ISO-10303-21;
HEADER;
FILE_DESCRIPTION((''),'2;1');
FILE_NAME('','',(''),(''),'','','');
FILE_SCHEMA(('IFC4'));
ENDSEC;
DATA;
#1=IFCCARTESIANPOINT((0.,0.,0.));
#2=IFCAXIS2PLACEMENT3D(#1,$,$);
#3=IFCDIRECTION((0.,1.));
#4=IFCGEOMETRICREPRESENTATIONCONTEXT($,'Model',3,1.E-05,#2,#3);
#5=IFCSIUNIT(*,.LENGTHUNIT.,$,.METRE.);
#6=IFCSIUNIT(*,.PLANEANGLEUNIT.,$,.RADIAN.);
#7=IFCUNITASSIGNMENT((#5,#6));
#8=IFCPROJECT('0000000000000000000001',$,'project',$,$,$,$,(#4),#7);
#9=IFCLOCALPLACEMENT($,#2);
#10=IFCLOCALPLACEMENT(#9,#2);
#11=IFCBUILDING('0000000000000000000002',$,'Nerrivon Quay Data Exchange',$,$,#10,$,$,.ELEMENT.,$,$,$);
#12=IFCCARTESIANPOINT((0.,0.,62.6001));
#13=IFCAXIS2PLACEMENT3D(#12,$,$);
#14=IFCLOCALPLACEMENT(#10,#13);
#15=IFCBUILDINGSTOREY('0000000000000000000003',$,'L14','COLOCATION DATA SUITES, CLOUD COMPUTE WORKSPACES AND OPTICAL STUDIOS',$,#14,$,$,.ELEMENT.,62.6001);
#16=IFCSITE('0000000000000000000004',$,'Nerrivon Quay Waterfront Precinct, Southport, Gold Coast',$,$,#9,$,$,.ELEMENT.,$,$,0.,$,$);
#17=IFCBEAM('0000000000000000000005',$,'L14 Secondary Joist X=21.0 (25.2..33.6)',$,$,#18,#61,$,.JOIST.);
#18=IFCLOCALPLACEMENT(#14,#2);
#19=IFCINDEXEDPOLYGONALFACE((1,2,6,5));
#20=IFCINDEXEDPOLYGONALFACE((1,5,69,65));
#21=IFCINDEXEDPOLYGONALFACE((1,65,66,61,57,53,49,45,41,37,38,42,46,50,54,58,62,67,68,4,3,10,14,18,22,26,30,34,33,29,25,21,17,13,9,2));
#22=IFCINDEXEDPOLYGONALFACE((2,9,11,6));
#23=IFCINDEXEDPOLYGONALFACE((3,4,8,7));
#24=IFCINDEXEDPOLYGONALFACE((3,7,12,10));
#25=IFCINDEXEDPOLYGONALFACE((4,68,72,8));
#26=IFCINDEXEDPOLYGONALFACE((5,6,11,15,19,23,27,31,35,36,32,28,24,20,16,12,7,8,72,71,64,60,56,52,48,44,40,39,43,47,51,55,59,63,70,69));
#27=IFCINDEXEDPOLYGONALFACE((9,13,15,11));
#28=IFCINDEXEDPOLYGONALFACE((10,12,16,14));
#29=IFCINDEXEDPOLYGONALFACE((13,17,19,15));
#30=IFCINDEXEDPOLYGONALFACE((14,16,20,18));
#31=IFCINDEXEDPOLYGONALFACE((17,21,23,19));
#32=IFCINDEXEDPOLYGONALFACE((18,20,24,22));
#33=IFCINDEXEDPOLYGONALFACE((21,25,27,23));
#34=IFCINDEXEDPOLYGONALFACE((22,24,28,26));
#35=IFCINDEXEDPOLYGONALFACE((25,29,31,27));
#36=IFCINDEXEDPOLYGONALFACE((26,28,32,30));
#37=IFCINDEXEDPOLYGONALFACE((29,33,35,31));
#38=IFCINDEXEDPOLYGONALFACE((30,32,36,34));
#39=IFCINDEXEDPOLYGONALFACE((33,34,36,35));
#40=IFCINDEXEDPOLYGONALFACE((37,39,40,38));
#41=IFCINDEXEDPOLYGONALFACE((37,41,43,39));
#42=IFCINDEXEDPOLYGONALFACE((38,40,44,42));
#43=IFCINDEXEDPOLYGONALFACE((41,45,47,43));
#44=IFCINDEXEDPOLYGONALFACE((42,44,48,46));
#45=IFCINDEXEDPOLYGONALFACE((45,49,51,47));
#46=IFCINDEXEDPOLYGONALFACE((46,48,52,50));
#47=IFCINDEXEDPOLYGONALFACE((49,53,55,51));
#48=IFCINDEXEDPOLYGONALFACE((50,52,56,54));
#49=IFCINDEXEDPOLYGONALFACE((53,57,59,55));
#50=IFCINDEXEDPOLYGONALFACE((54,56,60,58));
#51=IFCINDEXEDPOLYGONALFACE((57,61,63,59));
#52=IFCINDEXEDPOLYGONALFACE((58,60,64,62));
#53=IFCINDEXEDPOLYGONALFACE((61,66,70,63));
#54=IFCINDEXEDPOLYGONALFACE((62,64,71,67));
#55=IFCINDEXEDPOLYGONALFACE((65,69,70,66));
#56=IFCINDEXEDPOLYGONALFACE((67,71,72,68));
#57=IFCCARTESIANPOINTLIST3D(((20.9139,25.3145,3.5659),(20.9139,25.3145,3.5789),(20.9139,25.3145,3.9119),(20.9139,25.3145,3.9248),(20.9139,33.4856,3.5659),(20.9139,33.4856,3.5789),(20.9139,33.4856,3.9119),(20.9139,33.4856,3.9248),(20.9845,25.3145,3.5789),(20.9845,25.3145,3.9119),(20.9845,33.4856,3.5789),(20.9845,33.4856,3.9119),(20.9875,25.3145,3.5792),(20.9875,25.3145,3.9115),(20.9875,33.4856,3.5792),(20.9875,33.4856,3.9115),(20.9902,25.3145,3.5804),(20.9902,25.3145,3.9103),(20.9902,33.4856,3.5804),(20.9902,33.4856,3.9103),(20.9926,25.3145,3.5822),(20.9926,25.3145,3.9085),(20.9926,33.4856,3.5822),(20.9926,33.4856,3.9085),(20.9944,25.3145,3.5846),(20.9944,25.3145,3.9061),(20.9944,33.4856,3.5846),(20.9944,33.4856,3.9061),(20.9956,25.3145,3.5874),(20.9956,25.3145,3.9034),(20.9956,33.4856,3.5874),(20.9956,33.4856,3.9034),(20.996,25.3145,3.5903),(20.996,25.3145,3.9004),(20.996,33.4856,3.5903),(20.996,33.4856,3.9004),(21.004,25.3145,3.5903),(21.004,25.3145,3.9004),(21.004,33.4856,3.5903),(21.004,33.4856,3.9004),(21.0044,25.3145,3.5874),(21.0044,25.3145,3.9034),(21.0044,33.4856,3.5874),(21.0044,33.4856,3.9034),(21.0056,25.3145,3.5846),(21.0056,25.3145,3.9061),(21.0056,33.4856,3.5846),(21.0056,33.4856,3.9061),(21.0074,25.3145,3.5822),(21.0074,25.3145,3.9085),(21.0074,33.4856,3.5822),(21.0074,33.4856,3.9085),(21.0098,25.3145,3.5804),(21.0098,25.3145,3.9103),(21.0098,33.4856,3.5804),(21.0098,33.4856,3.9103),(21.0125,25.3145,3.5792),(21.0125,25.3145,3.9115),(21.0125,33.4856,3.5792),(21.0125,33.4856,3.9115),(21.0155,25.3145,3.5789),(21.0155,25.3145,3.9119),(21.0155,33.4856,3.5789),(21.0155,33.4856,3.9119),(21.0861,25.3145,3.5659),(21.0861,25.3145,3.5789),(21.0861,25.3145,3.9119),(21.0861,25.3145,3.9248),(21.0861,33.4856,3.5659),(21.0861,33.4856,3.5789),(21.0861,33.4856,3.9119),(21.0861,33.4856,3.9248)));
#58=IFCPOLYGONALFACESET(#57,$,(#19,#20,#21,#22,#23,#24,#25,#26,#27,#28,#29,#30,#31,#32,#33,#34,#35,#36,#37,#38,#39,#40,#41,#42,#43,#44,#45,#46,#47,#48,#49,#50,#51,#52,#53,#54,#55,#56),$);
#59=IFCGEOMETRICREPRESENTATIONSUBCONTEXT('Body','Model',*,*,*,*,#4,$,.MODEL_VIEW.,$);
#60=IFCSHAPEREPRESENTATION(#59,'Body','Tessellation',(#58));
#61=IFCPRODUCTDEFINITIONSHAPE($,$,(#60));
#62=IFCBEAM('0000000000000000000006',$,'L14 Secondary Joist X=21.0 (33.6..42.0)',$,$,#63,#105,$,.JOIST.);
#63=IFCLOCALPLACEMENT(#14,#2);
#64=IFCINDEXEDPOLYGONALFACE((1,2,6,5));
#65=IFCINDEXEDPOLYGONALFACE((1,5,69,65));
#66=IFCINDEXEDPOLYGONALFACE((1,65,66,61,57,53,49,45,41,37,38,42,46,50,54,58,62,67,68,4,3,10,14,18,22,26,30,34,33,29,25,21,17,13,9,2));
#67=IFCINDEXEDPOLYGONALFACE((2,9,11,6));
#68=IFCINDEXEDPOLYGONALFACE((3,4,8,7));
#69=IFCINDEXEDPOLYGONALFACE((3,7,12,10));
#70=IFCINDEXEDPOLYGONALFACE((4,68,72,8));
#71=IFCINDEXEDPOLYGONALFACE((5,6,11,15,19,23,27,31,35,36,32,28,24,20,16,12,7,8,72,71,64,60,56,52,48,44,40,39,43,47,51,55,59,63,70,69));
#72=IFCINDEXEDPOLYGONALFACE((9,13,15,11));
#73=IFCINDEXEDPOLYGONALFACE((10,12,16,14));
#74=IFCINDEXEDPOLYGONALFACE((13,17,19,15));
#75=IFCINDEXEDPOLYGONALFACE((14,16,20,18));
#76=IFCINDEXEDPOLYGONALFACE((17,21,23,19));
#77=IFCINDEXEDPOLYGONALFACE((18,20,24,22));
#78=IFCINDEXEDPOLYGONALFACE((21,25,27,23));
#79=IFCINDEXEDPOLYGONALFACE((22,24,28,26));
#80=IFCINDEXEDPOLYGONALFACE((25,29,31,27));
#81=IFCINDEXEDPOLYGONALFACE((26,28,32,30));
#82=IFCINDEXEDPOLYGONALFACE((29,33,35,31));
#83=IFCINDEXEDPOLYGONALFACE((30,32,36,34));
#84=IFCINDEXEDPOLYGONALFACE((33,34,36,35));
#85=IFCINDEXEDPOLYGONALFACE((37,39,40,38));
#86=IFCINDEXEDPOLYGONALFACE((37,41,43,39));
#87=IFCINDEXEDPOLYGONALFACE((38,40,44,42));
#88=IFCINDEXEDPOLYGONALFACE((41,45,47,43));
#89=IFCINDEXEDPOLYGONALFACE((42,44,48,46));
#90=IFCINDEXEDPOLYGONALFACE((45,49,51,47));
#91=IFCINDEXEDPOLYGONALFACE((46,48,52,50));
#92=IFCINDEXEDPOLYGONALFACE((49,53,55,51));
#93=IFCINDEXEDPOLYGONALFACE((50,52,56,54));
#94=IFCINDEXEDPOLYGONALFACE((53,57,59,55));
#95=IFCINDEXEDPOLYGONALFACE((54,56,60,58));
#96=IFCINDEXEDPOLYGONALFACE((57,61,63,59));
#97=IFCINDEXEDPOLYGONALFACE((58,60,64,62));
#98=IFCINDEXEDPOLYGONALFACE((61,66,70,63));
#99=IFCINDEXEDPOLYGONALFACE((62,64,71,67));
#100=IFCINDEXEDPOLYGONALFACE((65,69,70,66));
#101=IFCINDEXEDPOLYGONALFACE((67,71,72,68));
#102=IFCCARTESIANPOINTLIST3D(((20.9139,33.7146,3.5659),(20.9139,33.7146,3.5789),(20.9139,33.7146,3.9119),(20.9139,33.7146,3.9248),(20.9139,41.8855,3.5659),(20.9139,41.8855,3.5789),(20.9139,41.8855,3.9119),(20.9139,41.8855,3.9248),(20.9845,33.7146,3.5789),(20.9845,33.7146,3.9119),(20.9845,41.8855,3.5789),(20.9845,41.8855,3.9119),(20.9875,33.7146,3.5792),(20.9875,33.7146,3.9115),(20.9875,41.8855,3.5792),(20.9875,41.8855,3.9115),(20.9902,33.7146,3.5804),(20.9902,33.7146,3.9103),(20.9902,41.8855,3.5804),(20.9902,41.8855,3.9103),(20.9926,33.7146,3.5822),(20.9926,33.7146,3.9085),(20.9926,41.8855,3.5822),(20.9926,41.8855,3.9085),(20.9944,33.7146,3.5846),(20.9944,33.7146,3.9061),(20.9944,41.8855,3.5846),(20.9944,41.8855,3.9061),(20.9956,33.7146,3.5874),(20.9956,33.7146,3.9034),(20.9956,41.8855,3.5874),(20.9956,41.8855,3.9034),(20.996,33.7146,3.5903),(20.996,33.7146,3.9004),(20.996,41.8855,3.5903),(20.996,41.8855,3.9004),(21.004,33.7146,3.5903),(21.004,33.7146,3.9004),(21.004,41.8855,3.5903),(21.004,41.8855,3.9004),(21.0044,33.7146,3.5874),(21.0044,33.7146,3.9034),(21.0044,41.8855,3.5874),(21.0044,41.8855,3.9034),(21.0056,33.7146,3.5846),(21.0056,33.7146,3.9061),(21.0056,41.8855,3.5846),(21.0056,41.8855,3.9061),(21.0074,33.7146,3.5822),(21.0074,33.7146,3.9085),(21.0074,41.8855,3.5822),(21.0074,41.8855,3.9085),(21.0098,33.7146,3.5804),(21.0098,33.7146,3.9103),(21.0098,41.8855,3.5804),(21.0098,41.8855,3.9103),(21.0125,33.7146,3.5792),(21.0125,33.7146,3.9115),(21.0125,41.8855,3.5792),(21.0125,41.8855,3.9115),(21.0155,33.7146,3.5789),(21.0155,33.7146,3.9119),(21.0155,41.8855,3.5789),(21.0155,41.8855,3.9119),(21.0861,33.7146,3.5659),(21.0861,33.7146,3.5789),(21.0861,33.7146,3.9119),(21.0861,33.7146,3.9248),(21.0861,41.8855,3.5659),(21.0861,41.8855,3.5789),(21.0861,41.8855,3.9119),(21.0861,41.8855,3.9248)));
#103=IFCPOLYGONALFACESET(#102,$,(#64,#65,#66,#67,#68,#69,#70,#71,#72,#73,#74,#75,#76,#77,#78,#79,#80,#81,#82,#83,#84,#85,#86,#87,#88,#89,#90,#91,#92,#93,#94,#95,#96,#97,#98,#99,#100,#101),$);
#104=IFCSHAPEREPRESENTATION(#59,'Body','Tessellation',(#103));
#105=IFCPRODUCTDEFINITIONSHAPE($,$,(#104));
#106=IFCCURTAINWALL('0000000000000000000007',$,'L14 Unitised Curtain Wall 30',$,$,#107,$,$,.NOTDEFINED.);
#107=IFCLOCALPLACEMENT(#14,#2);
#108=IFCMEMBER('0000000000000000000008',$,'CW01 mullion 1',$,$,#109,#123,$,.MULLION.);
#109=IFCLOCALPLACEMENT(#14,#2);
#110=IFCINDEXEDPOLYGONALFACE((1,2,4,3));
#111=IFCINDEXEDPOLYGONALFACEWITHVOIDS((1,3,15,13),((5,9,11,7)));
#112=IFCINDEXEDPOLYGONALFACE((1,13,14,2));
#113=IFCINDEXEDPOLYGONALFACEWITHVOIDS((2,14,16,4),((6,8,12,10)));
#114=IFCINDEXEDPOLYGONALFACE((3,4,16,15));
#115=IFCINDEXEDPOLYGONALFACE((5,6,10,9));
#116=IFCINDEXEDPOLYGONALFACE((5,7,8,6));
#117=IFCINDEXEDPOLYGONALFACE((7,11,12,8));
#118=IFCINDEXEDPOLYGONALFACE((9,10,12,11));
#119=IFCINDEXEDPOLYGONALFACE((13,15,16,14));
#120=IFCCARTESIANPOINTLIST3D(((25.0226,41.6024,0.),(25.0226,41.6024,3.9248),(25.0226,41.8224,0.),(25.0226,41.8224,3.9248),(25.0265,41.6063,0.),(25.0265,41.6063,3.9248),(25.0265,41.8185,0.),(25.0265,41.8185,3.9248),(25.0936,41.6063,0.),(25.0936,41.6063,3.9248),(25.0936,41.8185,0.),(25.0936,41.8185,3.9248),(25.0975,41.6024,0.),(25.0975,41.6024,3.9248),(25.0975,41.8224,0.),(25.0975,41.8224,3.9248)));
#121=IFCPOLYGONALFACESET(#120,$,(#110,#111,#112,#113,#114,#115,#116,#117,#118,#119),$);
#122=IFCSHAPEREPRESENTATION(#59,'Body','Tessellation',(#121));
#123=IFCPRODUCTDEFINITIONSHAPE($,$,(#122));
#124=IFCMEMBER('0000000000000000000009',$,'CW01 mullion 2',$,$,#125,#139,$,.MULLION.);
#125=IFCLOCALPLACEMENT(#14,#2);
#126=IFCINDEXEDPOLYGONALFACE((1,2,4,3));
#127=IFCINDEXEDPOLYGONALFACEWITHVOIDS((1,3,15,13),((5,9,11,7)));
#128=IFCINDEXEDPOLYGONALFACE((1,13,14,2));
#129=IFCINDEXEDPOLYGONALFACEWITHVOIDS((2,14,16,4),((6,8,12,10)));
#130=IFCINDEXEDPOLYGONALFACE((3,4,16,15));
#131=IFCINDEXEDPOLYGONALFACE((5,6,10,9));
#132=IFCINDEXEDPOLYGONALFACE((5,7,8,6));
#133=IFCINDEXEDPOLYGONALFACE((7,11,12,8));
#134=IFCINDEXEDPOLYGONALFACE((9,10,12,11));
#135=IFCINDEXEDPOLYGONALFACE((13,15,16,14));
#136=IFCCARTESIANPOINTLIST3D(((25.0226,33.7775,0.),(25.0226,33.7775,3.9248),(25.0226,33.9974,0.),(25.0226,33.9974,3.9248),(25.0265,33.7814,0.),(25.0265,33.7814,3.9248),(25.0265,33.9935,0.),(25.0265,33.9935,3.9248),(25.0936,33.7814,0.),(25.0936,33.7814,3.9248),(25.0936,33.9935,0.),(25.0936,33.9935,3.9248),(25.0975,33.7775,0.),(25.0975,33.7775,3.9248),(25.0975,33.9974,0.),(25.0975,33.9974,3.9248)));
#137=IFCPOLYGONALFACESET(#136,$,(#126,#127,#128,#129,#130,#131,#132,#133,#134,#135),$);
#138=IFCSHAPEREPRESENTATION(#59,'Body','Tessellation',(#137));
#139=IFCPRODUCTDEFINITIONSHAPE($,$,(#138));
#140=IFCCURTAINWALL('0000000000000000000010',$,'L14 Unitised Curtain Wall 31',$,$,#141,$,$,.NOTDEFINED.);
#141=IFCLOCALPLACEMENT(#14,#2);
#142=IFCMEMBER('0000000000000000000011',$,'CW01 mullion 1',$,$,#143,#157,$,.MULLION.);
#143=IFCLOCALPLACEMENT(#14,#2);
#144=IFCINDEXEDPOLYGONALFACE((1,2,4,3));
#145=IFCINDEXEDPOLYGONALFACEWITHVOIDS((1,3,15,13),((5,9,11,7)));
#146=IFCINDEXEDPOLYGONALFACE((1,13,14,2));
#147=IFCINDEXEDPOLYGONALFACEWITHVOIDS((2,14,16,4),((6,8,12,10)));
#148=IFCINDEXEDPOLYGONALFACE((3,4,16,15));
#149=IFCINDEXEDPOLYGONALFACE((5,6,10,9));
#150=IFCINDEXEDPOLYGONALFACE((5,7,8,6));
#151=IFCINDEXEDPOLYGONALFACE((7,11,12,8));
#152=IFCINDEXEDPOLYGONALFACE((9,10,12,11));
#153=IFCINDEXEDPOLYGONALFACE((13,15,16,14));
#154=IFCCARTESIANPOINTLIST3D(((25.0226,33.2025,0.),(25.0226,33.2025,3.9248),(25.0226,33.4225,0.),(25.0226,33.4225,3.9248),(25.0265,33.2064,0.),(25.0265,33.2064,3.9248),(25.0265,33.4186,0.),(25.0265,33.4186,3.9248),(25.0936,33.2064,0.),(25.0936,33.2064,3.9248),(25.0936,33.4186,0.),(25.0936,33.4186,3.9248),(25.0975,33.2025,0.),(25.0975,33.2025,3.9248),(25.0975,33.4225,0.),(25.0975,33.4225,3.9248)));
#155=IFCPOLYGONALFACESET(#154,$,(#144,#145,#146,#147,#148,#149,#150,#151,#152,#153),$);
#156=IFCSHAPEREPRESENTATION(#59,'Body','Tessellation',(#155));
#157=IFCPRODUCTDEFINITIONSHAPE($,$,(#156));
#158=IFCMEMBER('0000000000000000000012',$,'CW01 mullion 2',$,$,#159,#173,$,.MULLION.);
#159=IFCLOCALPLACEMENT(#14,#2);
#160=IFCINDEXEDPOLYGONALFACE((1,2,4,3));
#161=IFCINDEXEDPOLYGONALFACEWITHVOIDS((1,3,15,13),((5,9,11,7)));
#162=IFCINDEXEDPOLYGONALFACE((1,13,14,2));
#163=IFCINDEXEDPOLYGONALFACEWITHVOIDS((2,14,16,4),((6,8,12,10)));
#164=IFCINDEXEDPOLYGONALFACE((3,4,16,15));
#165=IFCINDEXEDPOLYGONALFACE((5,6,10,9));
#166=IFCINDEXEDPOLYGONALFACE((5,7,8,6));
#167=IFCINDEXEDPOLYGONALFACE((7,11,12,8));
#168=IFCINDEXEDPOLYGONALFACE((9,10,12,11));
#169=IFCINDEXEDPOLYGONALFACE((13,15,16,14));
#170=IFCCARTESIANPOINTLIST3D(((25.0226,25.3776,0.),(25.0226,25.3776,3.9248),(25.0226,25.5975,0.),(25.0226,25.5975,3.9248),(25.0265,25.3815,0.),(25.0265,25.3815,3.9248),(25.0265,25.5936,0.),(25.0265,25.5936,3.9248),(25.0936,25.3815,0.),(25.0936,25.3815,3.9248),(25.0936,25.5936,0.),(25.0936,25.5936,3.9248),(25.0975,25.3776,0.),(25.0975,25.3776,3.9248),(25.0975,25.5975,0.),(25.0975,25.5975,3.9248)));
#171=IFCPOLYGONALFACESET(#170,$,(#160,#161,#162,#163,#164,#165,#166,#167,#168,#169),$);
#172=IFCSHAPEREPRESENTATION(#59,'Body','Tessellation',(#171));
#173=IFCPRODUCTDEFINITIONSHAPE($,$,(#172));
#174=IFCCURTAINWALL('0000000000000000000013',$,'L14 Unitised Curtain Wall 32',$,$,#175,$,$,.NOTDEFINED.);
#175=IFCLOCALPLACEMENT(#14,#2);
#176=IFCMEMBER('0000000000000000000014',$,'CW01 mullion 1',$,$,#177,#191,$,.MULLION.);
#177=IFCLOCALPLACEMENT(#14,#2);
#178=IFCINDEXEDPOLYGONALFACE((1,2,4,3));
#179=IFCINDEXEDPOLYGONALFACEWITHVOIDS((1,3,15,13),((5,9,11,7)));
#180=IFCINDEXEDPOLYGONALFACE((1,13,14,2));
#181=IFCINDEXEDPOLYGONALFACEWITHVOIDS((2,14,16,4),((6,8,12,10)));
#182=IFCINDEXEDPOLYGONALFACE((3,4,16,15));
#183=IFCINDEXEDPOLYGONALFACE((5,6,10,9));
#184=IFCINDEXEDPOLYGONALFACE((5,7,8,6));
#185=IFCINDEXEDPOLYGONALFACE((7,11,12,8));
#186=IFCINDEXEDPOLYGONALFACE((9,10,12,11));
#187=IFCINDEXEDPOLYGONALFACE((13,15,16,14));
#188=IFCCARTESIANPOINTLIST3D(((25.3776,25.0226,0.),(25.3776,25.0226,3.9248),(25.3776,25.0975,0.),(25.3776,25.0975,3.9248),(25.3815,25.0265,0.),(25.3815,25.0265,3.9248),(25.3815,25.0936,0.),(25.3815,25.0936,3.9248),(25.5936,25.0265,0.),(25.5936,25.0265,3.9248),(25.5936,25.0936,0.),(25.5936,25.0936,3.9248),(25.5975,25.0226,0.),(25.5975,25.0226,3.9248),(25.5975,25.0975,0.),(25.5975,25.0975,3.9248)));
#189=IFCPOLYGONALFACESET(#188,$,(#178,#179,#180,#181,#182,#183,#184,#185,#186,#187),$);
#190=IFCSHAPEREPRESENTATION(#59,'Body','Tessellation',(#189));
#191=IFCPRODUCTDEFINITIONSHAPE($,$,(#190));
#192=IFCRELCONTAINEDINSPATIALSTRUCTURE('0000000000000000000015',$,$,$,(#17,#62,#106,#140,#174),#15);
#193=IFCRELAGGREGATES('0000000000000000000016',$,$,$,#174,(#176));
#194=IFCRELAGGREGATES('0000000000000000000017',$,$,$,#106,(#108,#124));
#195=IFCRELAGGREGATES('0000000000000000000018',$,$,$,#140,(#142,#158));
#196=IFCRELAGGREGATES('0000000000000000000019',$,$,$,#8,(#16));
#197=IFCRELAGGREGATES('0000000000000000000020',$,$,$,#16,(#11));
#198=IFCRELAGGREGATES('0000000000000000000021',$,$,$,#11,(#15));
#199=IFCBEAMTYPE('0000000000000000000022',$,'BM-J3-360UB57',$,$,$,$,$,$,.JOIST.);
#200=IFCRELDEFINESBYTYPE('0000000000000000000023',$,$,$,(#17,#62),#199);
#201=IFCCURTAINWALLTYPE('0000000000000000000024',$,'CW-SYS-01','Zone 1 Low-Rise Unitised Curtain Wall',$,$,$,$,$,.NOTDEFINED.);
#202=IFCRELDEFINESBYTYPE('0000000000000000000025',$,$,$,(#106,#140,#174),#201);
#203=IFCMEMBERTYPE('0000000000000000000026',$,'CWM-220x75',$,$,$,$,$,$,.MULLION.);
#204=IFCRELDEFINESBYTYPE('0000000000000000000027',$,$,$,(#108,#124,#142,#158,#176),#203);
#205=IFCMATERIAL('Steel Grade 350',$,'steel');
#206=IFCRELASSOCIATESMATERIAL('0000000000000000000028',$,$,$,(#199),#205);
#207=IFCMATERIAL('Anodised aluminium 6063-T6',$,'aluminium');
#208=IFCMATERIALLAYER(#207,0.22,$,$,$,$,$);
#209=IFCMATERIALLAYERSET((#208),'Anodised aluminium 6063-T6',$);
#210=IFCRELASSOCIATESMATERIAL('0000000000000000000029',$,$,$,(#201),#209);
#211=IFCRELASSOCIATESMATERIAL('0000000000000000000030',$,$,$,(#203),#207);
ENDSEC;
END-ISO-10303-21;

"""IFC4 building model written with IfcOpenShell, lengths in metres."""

from ifc_helpers import new_model, si_unit, direction, frame, origin, origin_2d, place, context, subcontext, project, spatial, hollow_rectangle, i_section, extrude, material, layer, layer_set, material_profile, profile_set, type_object, element, aggregate, save


model = new_model("IFC4")

# Units and contexts
model_context = context("Model", 3, precision=1e-05, world=origin(), true_north=direction((0.0, 1.0)))
body_context = subcontext(model_context, "Body", "Model", "MODEL_VIEW")
ifc_project = project(units=[si_unit("LENGTHUNIT", "METRE"), si_unit("PLANEANGLEUNIT", "RADIAN")], contexts=[model_context])

# Site, building, storey
site_placement = place(None, origin())
site = spatial("IfcSite", under=ifc_project, at=site_placement, Name="Nerrivon Quay Waterfront Precinct, Southport, Gold Coast", CompositionType="ELEMENT", RefElevation=0.0)
building_placement = place(site_placement, origin())
building = spatial("IfcBuilding", under=site, at=building_placement, Name="Nerrivon Quay Data Exchange", CompositionType="ELEMENT")
storey_placement = place(building_placement, frame((0.0, 0.0, 62.6001)))
storey = spatial("IfcBuildingStorey", under=building, at=storey_placement, Name="L14", Description="COLOCATION DATA SUITES, CLOUD COMPUTE WORKSPACES AND OPTICAL STUDIOS", CompositionType="ELEMENT", Elevation=62.6001)

# Shared definitions
ifc_material_1 = material(Name="Steel Grade 350", Category="steel")

# Beams
ifc_material_profile_1 = material_profile(ifc_material_1, i_section(OverallWidth=0.1721, OverallDepth=0.3589, WebThickness=0.0081, FlangeThickness=0.0129, FilletRadius=0.0115, at=origin_2d()), Name="360UB56.7")
ifc_profile_set_1 = profile_set([ifc_material_profile_1], Name="Steel Grade 350")
beam_type_1 = type_object("IfcBeamType", Name="BM-J3-360UB57", PredefinedType="JOIST", material=ifc_profile_set_1)
beam_1_placement = place(storey_placement, frame((21.0, 25.3145, 3.7454), z_axis=(0.0, 1.0, 0.0), x_axis=(-1.0, 0.0, 0.0)))
element("IfcBeam", 1, at=beam_1_placement, inside=storey, type_object=beam_type_1, Name="L14 Secondary Joist X=21.0 (25.2..33.6)", PredefinedType="JOIST", context=body_context, shape_type="SweptSolid", body=[
    extrude(i_section(OverallWidth=0.1721, OverallDepth=0.3589, WebThickness=0.0081, FlangeThickness=0.0129, FilletRadius=0.0115, at=origin_2d()), origin(), (0.0, 0.0, 1.0), 8.1711),
])
beam_2_placement = place(storey_placement, frame((21.0, 33.7146, 3.7454), z_axis=(0.0, 1.0, 0.0), x_axis=(-1.0, 0.0, 0.0)))
element("IfcBeam", 2, at=beam_2_placement, inside=storey, type_object=beam_type_1, Name="L14 Secondary Joist X=21.0 (33.6..42.0)", PredefinedType="JOIST", context=body_context, shape_type="SweptSolid", body=[
    extrude(i_section(OverallWidth=0.1721, OverallDepth=0.3589, WebThickness=0.0081, FlangeThickness=0.0129, FilletRadius=0.0115, at=origin_2d()), origin(), (0.0, 0.0, 1.0), 8.1709),
])

# Curtain walls, members
ifc_material_2 = material(Name="Anodised aluminium 6063-T6", Category="aluminium")
ifc_layer_1 = layer(ifc_material_2, 0.22)
ifc_layer_set_1 = layer_set([ifc_layer_1], Name="Anodised aluminium 6063-T6")
curtain_wall_type = type_object("IfcCurtainWallType", Name="CW-SYS-01", Description="Zone 1 Low-Rise Unitised Curtain Wall", PredefinedType="NOTDEFINED", material=ifc_layer_set_1)
curtain_wall_1_placement = place(storey_placement, origin())
curtain_wall_1 = element("IfcCurtainWall", 3, at=curtain_wall_1_placement, inside=storey, type_object=curtain_wall_type, Name="L14 Unitised Curtain Wall 30", PredefinedType="NOTDEFINED")
ifc_material_profile_2 = material_profile(ifc_material_2, hollow_rectangle(XDim=0.075, YDim=0.22, WallThickness=0.0039, at=origin_2d()), Name="ALU-MULL-220x75")
ifc_profile_set_2 = profile_set([ifc_material_profile_2], Name="Anodised aluminium 6063-T6")
member_type_1 = type_object("IfcMemberType", Name="CWM-220x75", PredefinedType="MULLION", material=ifc_profile_set_2)
member_1_placement = place(storey_placement, frame((25.0601, 41.7124, 0.0), z_axis=(0.0, 0.0, 1.0), x_axis=(1.0, 0.0, 0.0)))
member_1 = element("IfcMember", 4, at=member_1_placement, type_object=member_type_1, Name="CW01 mullion 1", PredefinedType="MULLION", context=body_context, shape_type="SweptSolid", body=[
    extrude(hollow_rectangle(XDim=0.075, YDim=0.22, WallThickness=0.0039, at=origin_2d()), origin(), (0.0, 0.0, 1.0), 3.9248),
])
member_2_placement = place(storey_placement, frame((25.0601, 33.8875, 0.0), z_axis=(0.0, 0.0, 1.0), x_axis=(1.0, 0.0, 0.0)))
member_2 = element("IfcMember", 5, at=member_2_placement, type_object=member_type_1, Name="CW01 mullion 2", PredefinedType="MULLION", context=body_context, shape_type="SweptSolid", body=[
    extrude(hollow_rectangle(XDim=0.075, YDim=0.22, WallThickness=0.0039, at=origin_2d()), origin(), (0.0, 0.0, 1.0), 3.9248),
])
curtain_wall_2_placement = place(storey_placement, origin())
curtain_wall_2 = element("IfcCurtainWall", 6, at=curtain_wall_2_placement, inside=storey, type_object=curtain_wall_type, Name="L14 Unitised Curtain Wall 31", PredefinedType="NOTDEFINED")
member_3_placement = place(storey_placement, frame((25.0601, 33.3125, 0.0), z_axis=(0.0, 0.0, 1.0), x_axis=(1.0, 0.0, 0.0)))
member_3 = element("IfcMember", 7, at=member_3_placement, type_object=member_type_1, Name="CW01 mullion 1", PredefinedType="MULLION", context=body_context, shape_type="SweptSolid", body=[
    extrude(hollow_rectangle(XDim=0.075, YDim=0.22, WallThickness=0.0039, at=origin_2d()), origin(), (0.0, 0.0, 1.0), 3.9248),
])
member_4_placement = place(storey_placement, frame((25.0601, 25.4875, 0.0), z_axis=(0.0, 0.0, 1.0), x_axis=(1.0, 0.0, 0.0)))
member_4 = element("IfcMember", 8, at=member_4_placement, type_object=member_type_1, Name="CW01 mullion 2", PredefinedType="MULLION", context=body_context, shape_type="SweptSolid", body=[
    extrude(hollow_rectangle(XDim=0.075, YDim=0.22, WallThickness=0.0039, at=origin_2d()), origin(), (0.0, 0.0, 1.0), 3.9248),
])

# Curtain wall, member
curtain_wall_3_placement = place(storey_placement, origin())
curtain_wall_3 = element("IfcCurtainWall", 9, at=curtain_wall_3_placement, inside=storey, type_object=curtain_wall_type, Name="L14 Unitised Curtain Wall 32", PredefinedType="NOTDEFINED")
member_5_placement = place(storey_placement, frame((25.4875, 25.0601, 0.0), z_axis=(0.0, 0.0, 1.0), x_axis=(0.0, 1.0, 0.0)))
member_5 = element("IfcMember", 10, at=member_5_placement, type_object=member_type_1, Name="CW01 mullion 1", PredefinedType="MULLION", context=body_context, shape_type="SweptSolid", body=[
    extrude(hollow_rectangle(XDim=0.075, YDim=0.22, WallThickness=0.0039, at=origin_2d()), origin(), (0.0, 0.0, 1.0), 3.9248),
])
aggregate(curtain_wall_3, [member_5])

aggregate(curtain_wall_1, [member_1, member_2])
aggregate(curtain_wall_2, [member_3, member_4])

save(model, "model.ifc")
